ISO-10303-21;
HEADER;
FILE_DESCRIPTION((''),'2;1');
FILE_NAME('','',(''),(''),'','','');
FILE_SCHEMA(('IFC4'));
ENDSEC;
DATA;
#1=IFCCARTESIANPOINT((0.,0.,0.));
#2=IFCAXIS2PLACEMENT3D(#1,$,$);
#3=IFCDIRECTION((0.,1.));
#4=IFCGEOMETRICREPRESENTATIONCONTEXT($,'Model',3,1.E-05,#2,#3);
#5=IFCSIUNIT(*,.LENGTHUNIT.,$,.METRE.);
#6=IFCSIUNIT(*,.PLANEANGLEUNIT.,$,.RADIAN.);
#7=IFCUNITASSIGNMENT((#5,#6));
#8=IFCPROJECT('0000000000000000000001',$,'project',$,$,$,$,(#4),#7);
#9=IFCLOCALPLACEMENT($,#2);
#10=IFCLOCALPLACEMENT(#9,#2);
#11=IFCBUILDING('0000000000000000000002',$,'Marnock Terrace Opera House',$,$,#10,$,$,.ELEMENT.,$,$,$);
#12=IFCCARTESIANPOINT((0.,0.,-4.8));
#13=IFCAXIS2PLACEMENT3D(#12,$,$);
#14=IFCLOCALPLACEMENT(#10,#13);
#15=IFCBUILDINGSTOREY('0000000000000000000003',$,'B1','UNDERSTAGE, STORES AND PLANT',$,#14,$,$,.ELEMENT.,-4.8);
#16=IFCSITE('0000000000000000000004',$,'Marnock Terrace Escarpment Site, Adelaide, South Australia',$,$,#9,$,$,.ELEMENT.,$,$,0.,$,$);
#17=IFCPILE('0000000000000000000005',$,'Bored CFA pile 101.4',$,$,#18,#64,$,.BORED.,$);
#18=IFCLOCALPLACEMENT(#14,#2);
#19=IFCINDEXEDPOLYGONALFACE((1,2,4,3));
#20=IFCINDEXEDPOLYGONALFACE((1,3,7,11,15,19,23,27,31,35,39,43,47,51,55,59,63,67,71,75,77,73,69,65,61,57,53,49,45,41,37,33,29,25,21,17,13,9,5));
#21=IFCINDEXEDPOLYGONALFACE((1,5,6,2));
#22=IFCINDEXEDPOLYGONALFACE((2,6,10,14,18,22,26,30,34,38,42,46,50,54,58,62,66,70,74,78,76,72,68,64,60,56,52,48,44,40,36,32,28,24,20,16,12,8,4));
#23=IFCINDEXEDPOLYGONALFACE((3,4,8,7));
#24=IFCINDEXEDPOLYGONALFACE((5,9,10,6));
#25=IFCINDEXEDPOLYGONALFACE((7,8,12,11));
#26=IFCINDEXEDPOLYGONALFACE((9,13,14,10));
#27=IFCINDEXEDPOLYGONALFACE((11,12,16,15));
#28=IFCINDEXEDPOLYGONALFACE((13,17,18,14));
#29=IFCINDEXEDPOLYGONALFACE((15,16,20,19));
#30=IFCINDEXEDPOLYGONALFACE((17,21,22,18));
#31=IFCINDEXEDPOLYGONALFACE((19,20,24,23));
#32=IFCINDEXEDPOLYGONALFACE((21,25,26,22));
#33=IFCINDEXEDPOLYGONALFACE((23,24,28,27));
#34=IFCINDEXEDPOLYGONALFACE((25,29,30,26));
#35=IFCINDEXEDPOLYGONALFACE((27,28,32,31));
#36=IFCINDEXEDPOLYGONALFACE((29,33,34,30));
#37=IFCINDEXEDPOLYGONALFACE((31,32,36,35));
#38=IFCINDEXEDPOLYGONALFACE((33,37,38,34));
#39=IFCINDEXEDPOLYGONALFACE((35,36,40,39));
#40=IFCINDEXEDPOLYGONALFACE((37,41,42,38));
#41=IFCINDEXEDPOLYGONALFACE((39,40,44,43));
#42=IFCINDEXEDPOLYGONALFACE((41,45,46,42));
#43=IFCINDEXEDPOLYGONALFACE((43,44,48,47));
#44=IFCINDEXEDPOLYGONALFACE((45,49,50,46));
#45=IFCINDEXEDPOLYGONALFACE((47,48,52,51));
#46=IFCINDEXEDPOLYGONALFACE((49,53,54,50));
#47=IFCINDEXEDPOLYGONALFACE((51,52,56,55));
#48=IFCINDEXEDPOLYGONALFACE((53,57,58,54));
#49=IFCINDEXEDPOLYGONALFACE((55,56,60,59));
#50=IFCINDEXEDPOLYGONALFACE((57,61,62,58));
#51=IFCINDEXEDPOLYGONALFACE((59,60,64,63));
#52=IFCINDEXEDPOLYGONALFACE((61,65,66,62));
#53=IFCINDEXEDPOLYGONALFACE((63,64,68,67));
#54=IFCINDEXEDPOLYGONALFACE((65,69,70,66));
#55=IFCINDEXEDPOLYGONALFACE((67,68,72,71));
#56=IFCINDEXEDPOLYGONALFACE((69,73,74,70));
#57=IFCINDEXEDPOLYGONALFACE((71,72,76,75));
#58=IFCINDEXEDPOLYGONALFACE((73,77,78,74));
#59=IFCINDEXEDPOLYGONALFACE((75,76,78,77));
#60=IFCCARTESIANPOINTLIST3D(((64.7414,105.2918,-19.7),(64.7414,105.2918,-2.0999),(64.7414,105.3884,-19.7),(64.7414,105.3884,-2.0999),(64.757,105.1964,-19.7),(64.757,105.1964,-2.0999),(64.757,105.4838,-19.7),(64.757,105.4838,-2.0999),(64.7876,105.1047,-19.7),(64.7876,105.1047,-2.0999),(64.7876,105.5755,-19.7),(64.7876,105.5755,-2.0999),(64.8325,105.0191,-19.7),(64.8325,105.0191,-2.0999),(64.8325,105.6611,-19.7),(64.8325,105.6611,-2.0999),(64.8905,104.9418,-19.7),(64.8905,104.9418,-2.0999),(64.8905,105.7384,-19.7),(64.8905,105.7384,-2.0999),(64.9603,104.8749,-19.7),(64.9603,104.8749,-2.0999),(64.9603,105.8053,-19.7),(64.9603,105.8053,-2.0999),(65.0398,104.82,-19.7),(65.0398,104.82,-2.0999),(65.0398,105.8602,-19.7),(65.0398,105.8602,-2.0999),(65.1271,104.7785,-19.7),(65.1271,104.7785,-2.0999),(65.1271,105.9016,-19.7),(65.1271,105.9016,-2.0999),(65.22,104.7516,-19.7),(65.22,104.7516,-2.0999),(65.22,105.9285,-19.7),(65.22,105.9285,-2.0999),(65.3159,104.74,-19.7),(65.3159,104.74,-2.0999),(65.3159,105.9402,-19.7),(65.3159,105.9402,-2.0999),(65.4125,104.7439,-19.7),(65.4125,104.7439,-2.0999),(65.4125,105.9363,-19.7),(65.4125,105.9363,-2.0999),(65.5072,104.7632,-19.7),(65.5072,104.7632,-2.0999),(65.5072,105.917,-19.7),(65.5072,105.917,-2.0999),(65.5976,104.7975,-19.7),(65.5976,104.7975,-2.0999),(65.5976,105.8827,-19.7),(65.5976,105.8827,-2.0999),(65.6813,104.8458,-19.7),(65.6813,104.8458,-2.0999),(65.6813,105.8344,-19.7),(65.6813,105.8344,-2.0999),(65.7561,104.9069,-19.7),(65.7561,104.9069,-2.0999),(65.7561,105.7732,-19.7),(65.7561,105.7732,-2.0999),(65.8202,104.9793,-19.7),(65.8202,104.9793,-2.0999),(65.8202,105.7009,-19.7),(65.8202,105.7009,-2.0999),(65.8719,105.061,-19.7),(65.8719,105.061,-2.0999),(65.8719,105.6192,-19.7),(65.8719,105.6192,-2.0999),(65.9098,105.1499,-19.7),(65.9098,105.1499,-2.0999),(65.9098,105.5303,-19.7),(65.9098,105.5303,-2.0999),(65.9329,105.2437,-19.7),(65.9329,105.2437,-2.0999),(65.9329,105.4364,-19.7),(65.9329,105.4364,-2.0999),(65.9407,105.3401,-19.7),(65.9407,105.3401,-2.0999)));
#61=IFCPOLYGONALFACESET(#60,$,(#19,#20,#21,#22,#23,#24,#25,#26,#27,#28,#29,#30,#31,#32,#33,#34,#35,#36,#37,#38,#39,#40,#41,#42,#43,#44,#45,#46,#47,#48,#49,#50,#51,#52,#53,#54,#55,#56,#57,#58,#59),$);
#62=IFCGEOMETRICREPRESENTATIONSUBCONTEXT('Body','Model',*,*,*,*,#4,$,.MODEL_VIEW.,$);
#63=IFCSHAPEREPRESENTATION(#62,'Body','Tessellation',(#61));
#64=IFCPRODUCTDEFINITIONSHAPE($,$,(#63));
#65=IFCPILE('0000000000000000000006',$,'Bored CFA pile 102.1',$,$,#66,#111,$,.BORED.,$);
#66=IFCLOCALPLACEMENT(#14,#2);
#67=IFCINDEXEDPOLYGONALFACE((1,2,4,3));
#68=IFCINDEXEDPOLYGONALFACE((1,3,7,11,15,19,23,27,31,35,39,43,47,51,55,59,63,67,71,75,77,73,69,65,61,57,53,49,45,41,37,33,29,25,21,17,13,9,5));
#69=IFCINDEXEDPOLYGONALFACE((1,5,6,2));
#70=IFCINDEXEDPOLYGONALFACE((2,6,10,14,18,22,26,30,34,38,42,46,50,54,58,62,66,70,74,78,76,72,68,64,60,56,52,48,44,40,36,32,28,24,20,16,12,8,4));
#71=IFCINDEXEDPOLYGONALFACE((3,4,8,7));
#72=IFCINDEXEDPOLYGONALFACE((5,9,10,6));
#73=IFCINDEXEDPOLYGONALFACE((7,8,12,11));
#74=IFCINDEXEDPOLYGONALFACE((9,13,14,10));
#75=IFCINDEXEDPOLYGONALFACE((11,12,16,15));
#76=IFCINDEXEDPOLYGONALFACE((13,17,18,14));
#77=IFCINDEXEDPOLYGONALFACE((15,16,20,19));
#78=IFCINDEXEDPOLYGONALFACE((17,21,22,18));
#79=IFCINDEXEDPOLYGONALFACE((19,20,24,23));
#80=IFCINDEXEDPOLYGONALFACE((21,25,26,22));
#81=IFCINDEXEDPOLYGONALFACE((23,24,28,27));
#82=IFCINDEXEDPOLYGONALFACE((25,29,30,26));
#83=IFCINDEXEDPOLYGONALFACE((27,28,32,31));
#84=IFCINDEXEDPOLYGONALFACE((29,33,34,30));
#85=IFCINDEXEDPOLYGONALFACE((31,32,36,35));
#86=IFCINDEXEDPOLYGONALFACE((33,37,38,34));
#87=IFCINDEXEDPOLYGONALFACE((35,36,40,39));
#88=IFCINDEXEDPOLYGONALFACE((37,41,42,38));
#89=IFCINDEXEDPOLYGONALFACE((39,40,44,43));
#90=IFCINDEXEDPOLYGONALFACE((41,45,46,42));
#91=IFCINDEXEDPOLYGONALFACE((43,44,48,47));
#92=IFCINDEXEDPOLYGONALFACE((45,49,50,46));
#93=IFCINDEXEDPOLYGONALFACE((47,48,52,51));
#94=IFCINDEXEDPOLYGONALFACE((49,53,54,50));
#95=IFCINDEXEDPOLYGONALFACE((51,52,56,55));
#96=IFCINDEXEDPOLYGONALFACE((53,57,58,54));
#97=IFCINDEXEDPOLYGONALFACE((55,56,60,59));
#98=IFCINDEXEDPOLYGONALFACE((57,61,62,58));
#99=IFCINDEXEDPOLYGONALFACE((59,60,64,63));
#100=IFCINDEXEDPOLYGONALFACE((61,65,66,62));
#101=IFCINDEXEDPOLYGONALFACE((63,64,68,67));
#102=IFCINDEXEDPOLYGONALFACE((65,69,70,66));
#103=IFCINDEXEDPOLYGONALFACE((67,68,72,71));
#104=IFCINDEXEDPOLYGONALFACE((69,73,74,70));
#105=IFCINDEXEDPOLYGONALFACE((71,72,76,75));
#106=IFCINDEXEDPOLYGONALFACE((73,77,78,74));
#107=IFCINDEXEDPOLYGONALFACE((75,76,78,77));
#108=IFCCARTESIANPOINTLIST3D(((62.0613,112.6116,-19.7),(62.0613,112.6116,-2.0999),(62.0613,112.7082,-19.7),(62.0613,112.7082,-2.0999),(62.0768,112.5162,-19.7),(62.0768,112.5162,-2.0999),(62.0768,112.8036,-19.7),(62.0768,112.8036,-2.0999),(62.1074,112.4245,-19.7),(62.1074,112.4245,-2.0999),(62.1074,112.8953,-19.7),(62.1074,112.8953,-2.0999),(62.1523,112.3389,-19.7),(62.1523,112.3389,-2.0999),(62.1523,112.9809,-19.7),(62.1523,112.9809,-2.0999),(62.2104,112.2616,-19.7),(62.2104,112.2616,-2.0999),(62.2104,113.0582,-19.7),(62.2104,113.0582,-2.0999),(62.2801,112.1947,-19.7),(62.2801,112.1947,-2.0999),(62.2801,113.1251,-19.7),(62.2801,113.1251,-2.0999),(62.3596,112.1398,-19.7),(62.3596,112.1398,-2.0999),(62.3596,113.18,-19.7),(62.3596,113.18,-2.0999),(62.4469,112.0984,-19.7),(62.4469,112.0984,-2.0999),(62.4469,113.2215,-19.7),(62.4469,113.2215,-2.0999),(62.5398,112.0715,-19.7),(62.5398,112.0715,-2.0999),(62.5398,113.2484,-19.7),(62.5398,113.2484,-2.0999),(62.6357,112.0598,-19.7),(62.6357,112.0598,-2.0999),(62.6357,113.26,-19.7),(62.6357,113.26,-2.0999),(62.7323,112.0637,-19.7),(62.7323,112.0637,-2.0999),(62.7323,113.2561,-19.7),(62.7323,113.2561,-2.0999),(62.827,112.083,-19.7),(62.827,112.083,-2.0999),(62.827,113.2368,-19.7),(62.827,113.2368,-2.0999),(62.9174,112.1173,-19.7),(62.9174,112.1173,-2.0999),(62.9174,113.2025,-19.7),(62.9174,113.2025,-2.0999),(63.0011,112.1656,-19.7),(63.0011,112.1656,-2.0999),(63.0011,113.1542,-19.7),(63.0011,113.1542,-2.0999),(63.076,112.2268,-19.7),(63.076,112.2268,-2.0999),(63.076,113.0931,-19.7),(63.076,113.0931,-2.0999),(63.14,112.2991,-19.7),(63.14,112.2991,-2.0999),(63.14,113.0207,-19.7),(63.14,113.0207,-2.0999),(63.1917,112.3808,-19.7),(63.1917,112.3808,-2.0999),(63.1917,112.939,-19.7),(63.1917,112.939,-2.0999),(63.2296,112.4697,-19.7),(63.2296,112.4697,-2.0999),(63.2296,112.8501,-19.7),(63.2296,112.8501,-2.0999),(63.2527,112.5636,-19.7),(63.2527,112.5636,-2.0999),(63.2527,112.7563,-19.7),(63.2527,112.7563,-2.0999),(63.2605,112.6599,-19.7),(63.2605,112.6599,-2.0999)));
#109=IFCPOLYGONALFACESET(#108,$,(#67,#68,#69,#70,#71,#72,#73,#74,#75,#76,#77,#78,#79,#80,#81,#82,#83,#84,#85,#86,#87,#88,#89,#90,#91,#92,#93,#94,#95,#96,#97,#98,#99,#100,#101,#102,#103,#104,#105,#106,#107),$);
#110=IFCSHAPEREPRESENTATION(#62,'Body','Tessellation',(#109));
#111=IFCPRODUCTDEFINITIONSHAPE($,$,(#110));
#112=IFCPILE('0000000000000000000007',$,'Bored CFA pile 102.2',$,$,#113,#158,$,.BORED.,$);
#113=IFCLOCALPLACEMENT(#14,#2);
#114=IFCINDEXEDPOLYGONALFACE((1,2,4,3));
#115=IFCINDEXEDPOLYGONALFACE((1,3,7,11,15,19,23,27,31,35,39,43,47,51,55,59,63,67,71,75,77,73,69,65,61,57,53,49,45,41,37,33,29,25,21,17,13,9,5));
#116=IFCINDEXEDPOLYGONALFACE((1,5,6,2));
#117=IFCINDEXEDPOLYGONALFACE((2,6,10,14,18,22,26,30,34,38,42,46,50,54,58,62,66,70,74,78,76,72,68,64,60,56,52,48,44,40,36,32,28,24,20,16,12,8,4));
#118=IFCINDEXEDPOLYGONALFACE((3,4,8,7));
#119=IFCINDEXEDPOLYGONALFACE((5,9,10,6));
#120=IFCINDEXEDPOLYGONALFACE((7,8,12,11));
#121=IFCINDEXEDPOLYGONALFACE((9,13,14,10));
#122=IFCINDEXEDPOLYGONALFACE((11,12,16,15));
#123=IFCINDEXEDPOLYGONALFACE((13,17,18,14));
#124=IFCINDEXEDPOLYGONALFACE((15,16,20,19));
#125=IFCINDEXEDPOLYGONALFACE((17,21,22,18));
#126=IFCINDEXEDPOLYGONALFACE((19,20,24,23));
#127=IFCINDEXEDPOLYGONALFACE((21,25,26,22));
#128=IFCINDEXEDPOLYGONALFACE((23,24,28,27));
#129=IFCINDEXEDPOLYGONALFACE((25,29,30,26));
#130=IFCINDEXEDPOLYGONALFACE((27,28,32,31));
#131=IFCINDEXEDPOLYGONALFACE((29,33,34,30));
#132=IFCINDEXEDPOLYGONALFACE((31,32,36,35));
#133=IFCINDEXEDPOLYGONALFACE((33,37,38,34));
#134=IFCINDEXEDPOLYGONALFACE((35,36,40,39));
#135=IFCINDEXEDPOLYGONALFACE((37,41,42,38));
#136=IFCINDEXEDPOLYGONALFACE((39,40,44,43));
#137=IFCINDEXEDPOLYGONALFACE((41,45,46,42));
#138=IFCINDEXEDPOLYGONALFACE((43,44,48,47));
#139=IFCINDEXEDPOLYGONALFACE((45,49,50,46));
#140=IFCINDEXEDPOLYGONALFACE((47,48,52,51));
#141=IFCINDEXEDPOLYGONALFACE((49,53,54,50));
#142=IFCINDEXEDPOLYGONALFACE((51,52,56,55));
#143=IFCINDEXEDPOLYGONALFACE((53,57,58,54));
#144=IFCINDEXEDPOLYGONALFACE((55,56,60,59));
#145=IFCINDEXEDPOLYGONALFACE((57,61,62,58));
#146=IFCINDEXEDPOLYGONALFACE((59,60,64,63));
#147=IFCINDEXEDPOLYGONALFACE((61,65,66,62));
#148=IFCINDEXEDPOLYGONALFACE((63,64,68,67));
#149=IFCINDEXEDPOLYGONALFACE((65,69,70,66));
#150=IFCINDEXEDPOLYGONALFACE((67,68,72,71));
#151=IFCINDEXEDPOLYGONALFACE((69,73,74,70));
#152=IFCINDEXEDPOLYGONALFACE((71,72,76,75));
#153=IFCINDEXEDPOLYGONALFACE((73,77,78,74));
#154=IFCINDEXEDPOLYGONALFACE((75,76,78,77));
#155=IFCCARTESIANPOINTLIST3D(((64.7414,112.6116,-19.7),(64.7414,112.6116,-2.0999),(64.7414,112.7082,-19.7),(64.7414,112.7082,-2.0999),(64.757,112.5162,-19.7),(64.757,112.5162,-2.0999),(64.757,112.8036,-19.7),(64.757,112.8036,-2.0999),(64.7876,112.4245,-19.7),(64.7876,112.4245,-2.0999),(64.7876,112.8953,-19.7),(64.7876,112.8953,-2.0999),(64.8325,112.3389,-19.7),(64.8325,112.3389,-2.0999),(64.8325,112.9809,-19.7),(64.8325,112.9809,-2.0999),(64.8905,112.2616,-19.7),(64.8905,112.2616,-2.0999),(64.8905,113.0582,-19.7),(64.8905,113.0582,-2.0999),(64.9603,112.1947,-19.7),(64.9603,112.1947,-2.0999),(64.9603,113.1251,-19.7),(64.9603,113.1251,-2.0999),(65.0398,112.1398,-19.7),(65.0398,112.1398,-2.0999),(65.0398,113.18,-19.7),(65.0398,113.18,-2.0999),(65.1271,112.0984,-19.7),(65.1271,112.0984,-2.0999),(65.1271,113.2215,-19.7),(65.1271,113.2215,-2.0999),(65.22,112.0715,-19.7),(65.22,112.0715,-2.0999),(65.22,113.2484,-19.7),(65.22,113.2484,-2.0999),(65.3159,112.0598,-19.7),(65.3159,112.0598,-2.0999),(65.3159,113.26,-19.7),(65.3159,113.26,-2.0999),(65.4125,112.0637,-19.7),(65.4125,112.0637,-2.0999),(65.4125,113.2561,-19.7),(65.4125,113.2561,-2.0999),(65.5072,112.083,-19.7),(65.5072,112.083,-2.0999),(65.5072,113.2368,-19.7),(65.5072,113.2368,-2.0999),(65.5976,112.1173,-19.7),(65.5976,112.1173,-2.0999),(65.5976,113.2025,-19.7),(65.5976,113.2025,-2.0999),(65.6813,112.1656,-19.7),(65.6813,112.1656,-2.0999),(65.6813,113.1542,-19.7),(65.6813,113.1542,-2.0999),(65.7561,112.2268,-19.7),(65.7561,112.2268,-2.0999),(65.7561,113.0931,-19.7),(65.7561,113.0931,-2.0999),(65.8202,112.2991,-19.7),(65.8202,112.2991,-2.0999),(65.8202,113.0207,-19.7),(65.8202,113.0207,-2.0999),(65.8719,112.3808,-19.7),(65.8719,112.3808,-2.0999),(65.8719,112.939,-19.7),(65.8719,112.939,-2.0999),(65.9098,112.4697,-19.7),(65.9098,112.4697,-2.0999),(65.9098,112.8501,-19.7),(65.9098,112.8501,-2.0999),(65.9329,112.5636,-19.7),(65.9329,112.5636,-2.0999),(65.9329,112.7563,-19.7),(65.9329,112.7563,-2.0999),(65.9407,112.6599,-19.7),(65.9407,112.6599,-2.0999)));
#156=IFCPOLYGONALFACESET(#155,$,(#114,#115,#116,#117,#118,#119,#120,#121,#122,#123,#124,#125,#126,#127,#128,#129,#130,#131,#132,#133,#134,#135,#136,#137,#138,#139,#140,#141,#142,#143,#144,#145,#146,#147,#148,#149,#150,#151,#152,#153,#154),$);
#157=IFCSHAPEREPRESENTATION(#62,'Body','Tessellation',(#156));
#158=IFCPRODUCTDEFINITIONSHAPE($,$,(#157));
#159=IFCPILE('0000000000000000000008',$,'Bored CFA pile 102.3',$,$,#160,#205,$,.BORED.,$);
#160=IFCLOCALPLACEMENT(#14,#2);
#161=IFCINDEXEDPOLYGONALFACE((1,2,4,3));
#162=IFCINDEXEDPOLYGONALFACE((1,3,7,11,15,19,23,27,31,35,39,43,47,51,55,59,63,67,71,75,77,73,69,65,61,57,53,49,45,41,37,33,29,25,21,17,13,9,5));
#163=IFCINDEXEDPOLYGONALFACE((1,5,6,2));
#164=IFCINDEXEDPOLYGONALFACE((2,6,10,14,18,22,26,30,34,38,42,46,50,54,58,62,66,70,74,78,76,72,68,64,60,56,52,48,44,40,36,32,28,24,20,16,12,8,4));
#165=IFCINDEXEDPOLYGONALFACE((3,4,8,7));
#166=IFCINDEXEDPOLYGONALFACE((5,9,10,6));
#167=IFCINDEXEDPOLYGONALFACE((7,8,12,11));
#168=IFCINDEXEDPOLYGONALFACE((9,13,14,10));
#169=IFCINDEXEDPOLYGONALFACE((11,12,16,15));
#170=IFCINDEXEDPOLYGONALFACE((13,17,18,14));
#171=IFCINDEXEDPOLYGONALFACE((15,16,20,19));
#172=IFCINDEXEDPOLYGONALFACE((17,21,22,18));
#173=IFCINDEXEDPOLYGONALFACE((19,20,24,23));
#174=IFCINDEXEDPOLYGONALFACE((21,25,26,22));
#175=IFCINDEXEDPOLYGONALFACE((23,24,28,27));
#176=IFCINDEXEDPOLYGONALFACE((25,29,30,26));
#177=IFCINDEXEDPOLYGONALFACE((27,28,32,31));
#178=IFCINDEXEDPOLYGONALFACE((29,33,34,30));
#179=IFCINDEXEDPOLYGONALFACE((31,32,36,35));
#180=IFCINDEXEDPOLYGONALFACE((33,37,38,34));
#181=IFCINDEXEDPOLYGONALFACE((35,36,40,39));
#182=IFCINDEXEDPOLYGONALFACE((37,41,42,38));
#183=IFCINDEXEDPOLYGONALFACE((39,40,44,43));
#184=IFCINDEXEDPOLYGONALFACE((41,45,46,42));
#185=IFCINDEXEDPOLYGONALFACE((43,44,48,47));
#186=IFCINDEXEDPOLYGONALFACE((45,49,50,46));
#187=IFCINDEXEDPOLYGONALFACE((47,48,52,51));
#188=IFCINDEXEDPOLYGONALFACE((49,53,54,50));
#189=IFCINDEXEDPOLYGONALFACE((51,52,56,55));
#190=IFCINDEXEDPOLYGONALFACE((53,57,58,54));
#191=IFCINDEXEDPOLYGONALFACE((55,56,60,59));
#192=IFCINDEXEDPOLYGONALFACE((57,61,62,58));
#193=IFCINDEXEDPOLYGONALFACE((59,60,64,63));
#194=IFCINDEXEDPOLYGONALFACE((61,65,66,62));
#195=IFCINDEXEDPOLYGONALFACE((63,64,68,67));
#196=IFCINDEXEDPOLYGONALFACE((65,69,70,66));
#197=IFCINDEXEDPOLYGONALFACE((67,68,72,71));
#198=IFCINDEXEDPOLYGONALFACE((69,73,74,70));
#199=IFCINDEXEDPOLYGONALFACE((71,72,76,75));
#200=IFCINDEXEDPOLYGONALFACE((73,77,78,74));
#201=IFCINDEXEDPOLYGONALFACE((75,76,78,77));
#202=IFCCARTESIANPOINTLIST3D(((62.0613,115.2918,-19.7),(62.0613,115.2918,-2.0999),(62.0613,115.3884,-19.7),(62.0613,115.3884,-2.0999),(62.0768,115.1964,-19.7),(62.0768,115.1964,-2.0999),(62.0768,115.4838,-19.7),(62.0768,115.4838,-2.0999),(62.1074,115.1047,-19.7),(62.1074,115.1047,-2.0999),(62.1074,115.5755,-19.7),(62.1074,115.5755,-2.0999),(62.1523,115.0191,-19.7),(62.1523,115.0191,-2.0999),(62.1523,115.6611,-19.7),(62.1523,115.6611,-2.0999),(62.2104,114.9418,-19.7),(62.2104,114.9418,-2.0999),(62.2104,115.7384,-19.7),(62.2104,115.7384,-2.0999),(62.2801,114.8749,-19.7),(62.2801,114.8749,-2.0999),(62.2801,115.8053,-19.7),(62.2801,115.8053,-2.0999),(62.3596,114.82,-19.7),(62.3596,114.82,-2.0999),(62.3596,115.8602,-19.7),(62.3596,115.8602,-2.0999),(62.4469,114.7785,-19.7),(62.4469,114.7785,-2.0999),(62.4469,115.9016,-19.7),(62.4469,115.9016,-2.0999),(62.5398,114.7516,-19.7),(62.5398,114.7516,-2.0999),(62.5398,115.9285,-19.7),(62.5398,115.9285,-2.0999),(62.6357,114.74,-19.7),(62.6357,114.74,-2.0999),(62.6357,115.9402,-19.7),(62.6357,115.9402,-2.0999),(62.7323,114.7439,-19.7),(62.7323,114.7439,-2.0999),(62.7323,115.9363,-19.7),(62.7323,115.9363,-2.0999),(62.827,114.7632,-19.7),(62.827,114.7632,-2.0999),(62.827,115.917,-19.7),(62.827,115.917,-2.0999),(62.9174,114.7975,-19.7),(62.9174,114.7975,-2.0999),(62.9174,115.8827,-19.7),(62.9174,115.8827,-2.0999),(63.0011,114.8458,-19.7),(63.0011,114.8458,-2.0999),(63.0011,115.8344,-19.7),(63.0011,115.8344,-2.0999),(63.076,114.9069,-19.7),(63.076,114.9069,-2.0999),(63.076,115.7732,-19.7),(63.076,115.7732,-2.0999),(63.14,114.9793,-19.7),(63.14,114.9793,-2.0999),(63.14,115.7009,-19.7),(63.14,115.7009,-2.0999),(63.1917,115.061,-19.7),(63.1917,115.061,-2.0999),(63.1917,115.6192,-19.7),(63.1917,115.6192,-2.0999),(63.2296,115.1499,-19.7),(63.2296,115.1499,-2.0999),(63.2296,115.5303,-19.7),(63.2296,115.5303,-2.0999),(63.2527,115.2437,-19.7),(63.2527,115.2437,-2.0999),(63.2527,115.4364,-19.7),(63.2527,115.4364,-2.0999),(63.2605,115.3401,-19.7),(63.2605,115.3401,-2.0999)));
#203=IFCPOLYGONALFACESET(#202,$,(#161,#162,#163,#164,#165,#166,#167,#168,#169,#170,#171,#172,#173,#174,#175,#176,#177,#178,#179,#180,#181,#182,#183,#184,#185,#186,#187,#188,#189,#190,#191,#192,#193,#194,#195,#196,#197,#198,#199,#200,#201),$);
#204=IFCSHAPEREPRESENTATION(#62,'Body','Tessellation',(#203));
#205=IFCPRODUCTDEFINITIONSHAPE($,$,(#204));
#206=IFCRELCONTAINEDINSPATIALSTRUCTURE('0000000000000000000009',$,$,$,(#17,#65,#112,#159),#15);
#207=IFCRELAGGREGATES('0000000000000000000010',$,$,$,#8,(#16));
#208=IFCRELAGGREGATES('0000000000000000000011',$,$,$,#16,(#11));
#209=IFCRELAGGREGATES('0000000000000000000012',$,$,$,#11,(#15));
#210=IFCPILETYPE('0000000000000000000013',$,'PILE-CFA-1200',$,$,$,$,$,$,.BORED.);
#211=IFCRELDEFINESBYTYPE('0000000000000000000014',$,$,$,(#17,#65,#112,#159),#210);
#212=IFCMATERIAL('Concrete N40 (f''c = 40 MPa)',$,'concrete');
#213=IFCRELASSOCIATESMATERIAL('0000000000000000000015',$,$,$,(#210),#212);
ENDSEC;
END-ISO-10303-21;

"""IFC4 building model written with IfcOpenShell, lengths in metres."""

from ifc_helpers import new_model, si_unit, direction, frame, origin, origin_2d, place, context, subcontext, project, spatial, circle, extrude, material, material_profile, profile_set, type_object, element, save


model = new_model("IFC4")

# Units and contexts
model_context = context("Model", 3, precision=1e-05, world=origin(), true_north=direction((0.0, 1.0)))
body_context = subcontext(model_context, "Body", "Model", "MODEL_VIEW")
ifc_project = project(units=[si_unit("LENGTHUNIT", "METRE"), si_unit("PLANEANGLEUNIT", "RADIAN")], contexts=[model_context])

# Site, building, storey
site_placement = place(None, origin())
site = spatial("IfcSite", under=ifc_project, at=site_placement, Name="Marnock Terrace Escarpment Site, Adelaide, South Australia", CompositionType="ELEMENT", RefElevation=0.0)
building_placement = place(site_placement, origin())
building = spatial("IfcBuilding", under=site, at=building_placement, Name="Marnock Terrace Opera House", CompositionType="ELEMENT")
storey_placement = place(building_placement, frame((0.0, 0.0, -4.8)))
storey = spatial("IfcBuildingStorey", under=building, at=storey_placement, Name="B1", Description="UNDERSTAGE, STORES AND PLANT", CompositionType="ELEMENT", Elevation=-4.8)

# Shared definitions
ifc_material_1 = material(Name="Concrete N40 (f'c = 40 MPa)", Category="concrete")

# Piles
ifc_material_profile_1 = material_profile(ifc_material_1, circle(Radius=0.6006, at=origin_2d()))
ifc_profile_set_1 = profile_set([ifc_material_profile_1], Name="Concrete N40 (f'c = 40 MPa)")
pile_type = type_object("IfcPileType", Name="PILE-CFA-1200", PredefinedType="BORED", material=ifc_profile_set_1)
for number, where, z_axis, x_axis, name in (
    (1, (65.3401, 105.3401, -2.0999), (0.0, 0.0, -1.0), (1.0, 0.0, 0.0), "Bored CFA pile 101.4"),
    (2, (62.6599, 112.6599, -2.0999), (0.0, 0.0, -1.0), (1.0, 0.0, 0.0), "Bored CFA pile 102.1"),
    (3, (65.3401, 112.6599, -2.0999), (0.0, 0.0, -1.0), (1.0, 0.0, 0.0), "Bored CFA pile 102.2"),
    (4, (62.6599, 115.3401, -2.0999), (0.0, 0.0, -1.0), (1.0, 0.0, 0.0), "Bored CFA pile 102.3"),
):
    element("IfcPile", number, at=place(storey_placement, frame(where, z_axis=z_axis, x_axis=x_axis)), inside=storey, type_object=pile_type, Name=name, PredefinedType="BORED", context=body_context, shape_type="SweptSolid", body=[
        extrude(circle(Radius=0.6006, at=origin_2d()), origin(), (0.0, 0.0, 1.0), 17.6001),
    ])

save(model, "model.ifc")
